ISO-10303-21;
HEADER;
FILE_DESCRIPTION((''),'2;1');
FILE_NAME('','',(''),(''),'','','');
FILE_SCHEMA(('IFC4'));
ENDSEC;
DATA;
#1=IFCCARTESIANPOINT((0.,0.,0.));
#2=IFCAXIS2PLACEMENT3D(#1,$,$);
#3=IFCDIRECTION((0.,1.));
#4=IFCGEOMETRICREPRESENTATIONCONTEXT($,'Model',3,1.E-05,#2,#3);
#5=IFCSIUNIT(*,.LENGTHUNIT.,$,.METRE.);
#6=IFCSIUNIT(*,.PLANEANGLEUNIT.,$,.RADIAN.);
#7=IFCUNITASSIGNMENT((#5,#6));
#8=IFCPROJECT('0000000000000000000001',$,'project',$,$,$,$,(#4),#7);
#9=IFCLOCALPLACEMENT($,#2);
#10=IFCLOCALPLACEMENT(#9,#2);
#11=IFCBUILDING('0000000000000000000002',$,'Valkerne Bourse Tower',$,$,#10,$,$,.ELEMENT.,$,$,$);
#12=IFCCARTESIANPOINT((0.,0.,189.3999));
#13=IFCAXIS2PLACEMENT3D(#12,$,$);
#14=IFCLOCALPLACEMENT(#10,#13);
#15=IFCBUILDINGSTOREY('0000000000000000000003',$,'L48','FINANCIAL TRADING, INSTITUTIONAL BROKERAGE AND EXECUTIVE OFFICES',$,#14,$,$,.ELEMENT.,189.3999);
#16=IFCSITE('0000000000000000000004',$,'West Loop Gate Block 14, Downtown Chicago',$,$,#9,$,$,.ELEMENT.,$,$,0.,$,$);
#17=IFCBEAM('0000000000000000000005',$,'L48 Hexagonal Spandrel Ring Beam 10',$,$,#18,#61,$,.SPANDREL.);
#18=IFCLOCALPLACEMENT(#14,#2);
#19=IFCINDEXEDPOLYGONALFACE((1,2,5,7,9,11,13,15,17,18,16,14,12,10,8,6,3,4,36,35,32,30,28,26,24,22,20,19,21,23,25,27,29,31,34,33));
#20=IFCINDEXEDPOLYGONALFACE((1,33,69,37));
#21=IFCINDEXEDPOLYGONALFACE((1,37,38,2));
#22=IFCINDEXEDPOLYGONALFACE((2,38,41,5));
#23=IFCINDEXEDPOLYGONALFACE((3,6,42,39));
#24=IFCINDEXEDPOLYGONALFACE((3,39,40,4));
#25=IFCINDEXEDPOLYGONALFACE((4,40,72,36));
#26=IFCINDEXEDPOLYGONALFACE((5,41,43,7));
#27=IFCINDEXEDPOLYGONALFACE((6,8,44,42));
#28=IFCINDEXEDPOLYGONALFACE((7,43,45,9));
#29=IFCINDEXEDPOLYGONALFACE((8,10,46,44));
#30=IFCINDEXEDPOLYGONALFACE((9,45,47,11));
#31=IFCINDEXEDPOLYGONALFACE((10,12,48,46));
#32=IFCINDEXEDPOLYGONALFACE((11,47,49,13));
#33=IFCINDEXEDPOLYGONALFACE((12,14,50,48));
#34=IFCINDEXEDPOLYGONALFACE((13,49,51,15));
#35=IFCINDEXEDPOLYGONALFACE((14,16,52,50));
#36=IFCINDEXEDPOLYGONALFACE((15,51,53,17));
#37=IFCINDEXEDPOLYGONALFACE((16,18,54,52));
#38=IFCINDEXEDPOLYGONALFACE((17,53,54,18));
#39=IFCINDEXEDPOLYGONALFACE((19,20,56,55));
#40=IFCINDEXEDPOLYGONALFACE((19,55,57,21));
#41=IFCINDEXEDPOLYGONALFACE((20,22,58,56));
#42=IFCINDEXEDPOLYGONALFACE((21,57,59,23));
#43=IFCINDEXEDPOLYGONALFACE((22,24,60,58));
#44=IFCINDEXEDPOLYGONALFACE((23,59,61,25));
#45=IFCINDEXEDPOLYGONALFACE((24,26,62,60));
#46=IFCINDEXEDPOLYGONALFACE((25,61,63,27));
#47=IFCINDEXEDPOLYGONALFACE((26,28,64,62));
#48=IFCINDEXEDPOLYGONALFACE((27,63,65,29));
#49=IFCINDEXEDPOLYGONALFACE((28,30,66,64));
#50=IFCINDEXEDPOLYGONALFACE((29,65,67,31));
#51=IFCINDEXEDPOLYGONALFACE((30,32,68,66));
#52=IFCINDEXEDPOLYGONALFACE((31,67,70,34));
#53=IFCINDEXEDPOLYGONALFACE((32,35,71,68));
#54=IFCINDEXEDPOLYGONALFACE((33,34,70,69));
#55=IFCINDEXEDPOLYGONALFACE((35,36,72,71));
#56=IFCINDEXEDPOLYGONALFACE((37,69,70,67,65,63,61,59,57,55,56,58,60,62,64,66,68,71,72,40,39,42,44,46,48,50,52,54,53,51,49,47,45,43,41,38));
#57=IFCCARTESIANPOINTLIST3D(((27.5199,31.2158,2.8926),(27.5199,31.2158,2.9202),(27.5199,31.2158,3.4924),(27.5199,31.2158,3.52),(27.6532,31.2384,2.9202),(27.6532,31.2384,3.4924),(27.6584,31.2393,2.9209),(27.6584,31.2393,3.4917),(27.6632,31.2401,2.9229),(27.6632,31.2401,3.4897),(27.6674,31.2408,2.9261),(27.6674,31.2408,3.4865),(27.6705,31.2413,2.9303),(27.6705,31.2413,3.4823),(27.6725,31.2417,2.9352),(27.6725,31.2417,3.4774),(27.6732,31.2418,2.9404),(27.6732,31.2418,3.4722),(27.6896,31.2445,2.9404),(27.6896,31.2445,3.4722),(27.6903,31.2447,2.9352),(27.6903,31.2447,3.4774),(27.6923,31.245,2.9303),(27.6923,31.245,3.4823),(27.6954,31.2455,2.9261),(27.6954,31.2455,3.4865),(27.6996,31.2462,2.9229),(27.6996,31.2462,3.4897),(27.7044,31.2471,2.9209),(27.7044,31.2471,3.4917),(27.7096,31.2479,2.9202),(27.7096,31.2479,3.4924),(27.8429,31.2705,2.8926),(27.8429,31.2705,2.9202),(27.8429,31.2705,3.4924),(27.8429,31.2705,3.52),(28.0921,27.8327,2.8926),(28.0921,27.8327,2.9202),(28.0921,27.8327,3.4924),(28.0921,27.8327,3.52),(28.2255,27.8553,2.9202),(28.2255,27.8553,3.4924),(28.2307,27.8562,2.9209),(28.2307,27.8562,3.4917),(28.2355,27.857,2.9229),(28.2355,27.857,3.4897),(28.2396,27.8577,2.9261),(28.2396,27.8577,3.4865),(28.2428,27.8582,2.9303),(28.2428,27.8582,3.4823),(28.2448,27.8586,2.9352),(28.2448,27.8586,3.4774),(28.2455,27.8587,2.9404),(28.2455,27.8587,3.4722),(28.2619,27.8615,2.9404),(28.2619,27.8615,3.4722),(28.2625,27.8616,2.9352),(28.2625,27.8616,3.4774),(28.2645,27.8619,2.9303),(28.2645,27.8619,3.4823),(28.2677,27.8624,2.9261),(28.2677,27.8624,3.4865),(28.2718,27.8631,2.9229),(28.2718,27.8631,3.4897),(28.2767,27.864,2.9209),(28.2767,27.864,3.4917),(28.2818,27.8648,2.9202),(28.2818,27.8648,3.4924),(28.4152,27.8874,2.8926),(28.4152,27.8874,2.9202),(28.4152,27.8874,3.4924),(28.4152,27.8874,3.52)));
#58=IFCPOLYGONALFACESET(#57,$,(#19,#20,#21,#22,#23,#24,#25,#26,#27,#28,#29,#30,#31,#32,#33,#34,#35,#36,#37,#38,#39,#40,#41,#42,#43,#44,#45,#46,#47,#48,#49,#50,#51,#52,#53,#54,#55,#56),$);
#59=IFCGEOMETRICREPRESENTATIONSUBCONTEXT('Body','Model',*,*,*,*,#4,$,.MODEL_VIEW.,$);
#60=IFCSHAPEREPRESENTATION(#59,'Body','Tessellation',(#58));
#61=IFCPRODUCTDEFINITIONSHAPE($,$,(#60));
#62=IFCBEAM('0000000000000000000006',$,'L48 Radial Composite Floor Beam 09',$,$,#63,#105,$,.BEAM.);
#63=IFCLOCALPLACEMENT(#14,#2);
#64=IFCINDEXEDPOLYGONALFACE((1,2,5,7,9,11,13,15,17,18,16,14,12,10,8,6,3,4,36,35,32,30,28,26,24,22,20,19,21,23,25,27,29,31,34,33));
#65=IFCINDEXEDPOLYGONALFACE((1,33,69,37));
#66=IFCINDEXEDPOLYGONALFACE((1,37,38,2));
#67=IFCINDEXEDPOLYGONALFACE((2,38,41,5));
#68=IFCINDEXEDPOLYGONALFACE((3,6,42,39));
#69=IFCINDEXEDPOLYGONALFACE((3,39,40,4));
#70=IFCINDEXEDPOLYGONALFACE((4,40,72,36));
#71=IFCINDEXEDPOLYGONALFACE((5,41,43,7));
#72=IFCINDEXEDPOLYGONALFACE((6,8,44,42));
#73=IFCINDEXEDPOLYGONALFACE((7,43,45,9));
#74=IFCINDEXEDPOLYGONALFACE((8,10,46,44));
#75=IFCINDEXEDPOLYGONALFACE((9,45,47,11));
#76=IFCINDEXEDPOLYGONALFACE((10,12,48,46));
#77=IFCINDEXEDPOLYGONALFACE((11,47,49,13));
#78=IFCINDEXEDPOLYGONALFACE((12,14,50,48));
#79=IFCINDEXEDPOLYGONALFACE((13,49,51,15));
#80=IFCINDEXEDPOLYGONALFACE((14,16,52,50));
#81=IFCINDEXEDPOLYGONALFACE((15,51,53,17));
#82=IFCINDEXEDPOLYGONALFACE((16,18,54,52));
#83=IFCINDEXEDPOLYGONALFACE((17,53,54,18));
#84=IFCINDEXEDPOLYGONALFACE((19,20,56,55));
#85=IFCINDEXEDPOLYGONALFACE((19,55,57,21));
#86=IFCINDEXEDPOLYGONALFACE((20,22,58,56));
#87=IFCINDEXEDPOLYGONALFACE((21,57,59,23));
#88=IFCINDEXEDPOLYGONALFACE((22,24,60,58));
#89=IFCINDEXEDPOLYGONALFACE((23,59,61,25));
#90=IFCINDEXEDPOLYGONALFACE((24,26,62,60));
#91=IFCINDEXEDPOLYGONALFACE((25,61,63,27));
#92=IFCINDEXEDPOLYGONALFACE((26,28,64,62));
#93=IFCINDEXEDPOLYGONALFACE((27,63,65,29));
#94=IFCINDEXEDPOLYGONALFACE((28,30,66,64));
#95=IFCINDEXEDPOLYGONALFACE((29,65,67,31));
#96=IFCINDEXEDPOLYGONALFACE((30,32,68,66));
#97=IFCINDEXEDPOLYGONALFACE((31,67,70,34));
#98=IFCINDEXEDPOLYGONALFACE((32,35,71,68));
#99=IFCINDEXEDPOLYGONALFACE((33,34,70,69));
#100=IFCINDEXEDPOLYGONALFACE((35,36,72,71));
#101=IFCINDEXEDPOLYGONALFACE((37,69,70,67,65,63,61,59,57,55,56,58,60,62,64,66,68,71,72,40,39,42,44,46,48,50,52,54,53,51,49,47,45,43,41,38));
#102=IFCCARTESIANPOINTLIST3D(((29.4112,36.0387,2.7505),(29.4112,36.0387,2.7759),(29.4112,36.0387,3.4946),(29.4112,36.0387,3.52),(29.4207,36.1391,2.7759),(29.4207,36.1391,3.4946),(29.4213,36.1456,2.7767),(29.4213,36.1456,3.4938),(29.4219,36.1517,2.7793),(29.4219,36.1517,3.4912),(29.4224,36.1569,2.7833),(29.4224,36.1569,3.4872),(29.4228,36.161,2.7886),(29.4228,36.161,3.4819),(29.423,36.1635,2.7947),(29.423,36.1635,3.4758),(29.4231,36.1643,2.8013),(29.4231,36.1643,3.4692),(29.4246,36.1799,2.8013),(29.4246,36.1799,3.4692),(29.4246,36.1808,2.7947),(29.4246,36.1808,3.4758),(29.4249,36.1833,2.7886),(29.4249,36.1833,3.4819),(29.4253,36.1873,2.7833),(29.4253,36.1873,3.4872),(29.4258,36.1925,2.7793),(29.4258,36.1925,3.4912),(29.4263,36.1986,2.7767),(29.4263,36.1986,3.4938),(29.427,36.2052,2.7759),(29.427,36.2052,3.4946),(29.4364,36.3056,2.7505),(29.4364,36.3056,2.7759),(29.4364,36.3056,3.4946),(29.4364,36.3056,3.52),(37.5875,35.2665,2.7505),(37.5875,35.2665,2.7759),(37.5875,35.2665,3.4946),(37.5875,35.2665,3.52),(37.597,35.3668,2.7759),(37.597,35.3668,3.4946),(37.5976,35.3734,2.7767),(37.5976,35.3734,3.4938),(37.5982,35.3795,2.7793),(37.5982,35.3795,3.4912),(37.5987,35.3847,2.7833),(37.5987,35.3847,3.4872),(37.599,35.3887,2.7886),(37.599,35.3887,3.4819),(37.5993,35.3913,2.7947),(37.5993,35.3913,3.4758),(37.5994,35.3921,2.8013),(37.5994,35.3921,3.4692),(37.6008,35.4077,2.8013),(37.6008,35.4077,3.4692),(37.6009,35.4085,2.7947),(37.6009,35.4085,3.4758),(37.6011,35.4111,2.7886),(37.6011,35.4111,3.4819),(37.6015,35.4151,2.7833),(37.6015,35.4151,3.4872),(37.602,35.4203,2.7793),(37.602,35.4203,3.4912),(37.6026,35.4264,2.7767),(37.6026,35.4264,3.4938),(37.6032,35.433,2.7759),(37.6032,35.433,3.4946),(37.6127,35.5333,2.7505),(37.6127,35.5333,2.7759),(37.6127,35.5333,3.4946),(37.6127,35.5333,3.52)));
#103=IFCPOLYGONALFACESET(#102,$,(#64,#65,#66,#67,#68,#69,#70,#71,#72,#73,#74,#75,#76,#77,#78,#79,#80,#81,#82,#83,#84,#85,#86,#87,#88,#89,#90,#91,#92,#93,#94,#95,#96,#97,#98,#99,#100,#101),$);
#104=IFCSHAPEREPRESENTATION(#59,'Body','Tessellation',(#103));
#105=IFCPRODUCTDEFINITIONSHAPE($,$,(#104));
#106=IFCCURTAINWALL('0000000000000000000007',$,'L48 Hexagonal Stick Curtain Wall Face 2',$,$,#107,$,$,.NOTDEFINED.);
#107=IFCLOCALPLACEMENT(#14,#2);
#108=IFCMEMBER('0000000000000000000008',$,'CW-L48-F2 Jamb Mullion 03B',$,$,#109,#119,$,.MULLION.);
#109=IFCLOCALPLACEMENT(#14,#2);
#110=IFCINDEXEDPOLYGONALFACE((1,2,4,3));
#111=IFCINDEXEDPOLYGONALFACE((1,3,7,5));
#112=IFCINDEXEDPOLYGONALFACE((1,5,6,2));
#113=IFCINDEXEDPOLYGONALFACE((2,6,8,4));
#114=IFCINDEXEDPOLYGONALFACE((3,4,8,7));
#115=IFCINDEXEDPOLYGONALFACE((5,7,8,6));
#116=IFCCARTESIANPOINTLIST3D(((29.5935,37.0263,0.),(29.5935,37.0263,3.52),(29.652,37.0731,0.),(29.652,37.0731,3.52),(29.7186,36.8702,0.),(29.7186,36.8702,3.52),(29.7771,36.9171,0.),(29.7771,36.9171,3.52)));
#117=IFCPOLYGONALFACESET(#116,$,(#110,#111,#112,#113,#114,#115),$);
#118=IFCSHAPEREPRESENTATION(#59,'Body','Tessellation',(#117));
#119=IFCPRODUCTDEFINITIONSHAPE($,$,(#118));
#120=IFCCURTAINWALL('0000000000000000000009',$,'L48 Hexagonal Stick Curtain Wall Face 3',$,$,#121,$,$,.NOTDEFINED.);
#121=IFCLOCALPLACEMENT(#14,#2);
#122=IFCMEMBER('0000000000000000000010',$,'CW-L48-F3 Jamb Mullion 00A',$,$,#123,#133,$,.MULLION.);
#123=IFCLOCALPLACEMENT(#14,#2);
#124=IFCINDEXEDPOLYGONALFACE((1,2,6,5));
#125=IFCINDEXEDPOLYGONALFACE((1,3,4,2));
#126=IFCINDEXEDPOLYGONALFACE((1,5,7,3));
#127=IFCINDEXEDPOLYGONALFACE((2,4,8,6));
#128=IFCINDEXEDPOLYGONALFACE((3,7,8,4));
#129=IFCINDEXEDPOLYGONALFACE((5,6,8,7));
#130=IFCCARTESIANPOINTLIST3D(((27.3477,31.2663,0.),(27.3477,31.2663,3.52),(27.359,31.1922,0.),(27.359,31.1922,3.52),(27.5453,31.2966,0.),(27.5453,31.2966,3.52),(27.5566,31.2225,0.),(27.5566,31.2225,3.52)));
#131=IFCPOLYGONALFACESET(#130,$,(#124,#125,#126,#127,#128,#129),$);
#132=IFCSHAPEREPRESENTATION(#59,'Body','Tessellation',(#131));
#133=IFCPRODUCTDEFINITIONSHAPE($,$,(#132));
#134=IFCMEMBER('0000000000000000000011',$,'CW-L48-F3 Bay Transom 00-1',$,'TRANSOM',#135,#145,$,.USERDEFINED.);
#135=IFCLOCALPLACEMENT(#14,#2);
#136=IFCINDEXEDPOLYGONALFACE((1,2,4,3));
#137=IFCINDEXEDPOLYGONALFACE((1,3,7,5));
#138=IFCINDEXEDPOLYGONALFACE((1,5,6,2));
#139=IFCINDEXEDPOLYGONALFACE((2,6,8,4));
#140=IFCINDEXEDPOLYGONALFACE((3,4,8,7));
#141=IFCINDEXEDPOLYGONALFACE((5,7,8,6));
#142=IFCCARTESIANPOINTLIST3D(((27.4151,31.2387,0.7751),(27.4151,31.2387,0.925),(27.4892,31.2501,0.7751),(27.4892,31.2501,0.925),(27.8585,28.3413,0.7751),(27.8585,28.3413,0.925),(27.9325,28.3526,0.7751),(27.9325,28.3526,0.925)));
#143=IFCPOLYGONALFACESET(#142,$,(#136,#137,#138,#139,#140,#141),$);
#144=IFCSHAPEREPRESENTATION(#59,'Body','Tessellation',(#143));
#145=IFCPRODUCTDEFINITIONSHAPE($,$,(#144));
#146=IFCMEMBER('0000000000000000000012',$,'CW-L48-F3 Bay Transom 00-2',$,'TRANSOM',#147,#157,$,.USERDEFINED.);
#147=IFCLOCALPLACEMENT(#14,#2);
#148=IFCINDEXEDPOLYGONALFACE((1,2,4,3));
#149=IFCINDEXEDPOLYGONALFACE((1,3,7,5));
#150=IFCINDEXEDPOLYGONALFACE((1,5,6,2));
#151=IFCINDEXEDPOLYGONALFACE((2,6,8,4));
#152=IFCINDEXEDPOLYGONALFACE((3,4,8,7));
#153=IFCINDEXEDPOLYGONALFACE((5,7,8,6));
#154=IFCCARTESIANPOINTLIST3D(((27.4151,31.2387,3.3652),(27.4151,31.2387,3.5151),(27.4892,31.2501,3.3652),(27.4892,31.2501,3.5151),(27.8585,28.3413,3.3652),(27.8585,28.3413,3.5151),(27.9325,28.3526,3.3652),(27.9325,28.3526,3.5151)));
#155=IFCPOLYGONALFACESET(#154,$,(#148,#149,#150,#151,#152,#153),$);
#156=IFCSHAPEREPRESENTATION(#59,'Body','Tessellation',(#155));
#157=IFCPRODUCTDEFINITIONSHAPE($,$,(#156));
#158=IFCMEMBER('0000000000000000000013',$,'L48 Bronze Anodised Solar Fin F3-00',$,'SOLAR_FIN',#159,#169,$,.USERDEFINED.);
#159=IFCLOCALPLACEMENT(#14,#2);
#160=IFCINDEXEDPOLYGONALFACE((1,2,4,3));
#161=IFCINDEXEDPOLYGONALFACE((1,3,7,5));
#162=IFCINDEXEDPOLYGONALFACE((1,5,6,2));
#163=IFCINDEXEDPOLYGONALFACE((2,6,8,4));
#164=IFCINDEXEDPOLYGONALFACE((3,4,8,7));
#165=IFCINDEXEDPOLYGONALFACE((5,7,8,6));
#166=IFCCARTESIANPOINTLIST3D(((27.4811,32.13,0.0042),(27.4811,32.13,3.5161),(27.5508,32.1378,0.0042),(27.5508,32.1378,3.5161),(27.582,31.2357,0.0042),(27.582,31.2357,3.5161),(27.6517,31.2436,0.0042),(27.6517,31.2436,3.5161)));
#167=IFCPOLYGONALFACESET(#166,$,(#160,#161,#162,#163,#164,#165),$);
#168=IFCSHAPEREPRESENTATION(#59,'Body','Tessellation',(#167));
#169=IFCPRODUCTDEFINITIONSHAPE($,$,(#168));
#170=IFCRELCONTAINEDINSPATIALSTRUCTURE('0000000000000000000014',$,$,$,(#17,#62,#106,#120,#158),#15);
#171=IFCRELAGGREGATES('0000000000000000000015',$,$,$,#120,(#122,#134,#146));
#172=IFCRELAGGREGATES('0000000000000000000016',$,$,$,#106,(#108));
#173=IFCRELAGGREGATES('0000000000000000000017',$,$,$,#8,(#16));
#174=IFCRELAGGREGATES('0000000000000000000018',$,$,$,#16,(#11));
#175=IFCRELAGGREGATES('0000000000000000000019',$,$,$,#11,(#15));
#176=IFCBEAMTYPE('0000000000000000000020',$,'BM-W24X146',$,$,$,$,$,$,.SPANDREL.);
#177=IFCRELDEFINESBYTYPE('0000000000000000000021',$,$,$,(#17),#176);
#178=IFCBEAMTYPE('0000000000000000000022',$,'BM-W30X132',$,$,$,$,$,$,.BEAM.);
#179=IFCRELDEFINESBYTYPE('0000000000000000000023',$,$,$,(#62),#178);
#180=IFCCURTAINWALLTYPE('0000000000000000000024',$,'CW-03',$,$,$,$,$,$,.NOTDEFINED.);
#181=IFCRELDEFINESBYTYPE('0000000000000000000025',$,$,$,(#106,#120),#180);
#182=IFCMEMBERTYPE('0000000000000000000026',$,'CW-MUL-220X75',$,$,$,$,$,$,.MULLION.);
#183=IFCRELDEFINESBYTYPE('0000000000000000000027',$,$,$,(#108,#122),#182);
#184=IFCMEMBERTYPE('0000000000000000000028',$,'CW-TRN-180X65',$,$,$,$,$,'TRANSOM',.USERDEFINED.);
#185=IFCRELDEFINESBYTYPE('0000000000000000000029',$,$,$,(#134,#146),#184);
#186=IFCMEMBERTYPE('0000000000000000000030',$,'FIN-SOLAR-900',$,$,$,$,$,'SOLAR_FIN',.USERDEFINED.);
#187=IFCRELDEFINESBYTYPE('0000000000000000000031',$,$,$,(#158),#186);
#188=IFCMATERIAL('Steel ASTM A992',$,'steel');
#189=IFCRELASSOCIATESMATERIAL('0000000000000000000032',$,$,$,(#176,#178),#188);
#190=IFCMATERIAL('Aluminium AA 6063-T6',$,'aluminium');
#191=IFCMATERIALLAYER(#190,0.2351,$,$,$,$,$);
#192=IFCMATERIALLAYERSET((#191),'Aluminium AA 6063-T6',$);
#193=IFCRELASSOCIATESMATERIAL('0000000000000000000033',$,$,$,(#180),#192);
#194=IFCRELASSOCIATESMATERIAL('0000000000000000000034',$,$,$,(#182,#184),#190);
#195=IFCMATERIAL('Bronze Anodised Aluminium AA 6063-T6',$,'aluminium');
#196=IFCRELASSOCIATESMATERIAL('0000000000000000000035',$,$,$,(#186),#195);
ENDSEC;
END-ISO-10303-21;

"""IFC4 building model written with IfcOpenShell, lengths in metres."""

from ifc_helpers import new_model, si_unit, direction, frame, origin, origin_2d, place, context, subcontext, project, spatial, rectangle, i_section, extrude, material, layer, layer_set, material_profile, profile_set, type_object, element, aggregate, save


model = new_model("IFC4")

# Units and contexts
model_context = context("Model", 3, precision=1e-05, world=origin(), true_north=direction((0.0, 1.0)))
body_context = subcontext(model_context, "Body", "Model", "MODEL_VIEW")
ifc_project = project(units=[si_unit("LENGTHUNIT", "METRE"), si_unit("PLANEANGLEUNIT", "RADIAN")], contexts=[model_context])

# Site, building, storey
site_placement = place(None, origin())
site = spatial("IfcSite", under=ifc_project, at=site_placement, Name="West Loop Gate Block 14, Downtown Chicago", CompositionType="ELEMENT", RefElevation=0.0)
building_placement = place(site_placement, origin())
building = spatial("IfcBuilding", under=site, at=building_placement, Name="Valkerne Bourse Tower", CompositionType="ELEMENT")
storey_placement = place(building_placement, frame((0.0, 0.0, 189.3999)))
storey = spatial("IfcBuildingStorey", under=building, at=storey_placement, Name="L48", Description="FINANCIAL TRADING, INSTITUTIONAL BROKERAGE AND EXECUTIVE OFFICES", CompositionType="ELEMENT", Elevation=189.3999)

# Beams
ifc_material_1 = material(Name="Steel ASTM A992", Category="steel")
ifc_material_profile_1 = material_profile(ifc_material_1, i_section(OverallWidth=0.3276, OverallDepth=0.6274, WebThickness=0.0166, FlangeThickness=0.0276, FilletRadius=0.0203, at=origin_2d()), Name="W24X146")
ifc_profile_set_1 = profile_set([ifc_material_profile_1], Name="Steel ASTM A992")
beam_type_1 = type_object("IfcBeamType", Name="BM-W24X146", PredefinedType="SPANDREL", material=ifc_profile_set_1)
beam_1_placement = place(storey_placement, frame((27.6814, 31.2432, 3.2063), z_axis=(0.166787, -0.985993, 0.0), x_axis=(0.985993, 0.166787, 0.0)))
element("IfcBeam", 1, at=beam_1_placement, inside=storey, type_object=beam_type_1, Name="L48 Hexagonal Spandrel Ring Beam 10", PredefinedType="SPANDREL", context=body_context, shape_type="SweptSolid", body=[
    extrude(i_section(OverallWidth=0.3276, OverallDepth=0.6274, WebThickness=0.0166, FlangeThickness=0.0276, FilletRadius=0.0203, at=origin_2d()), origin(), (0.0, 0.0, 1.0), 3.4312),
])
ifc_material_profile_2 = material_profile(ifc_material_1, i_section(OverallWidth=0.2681, OverallDepth=0.7695, WebThickness=0.0156, FlangeThickness=0.0254, FilletRadius=0.0254, at=origin_2d()), Name="W30X132")
ifc_profile_set_2 = profile_set([ifc_material_profile_2], Name="Steel ASTM A992")
beam_type_2 = type_object("IfcBeamType", Name="BM-W30X132", PredefinedType="BEAM", material=ifc_profile_set_2)
beam_2_placement = place(storey_placement, frame((29.4238, 36.1721, 3.1353), z_axis=(0.99557, -0.094028, 0.0), x_axis=(0.094028, 0.99557, 0.0)))
element("IfcBeam", 2, at=beam_2_placement, inside=storey, type_object=beam_type_2, Name="L48 Radial Composite Floor Beam 09", PredefinedType="BEAM", context=body_context, shape_type="SweptSolid", body=[
    extrude(i_section(OverallWidth=0.2681, OverallDepth=0.7695, WebThickness=0.0156, FlangeThickness=0.0254, FilletRadius=0.0254, at=origin_2d()), origin(), (0.0, 0.0, 1.0), 8.2126),
])

# Curtain wall, member
ifc_material_2 = material(Name="Aluminium AA 6063-T6", Category="aluminium")
ifc_layer_1 = layer(ifc_material_2, 0.2351)
ifc_layer_set_1 = layer_set([ifc_layer_1], Name="Aluminium AA 6063-T6")
curtain_wall_type = type_object("IfcCurtainWallType", Name="CW-03", PredefinedType="NOTDEFINED", material=ifc_layer_set_1)
curtain_wall_1_placement = place(storey_placement, origin())
curtain_wall_1 = element("IfcCurtainWall", 3, at=curtain_wall_1_placement, inside=storey, type_object=curtain_wall_type, Name="L48 Hexagonal Stick Curtain Wall Face 2", PredefinedType="NOTDEFINED")
ifc_material_profile_3 = material_profile(ifc_material_2, rectangle(XDim=0.075, YDim=0.2, at=origin_2d()), Name="CWM-75X200")
ifc_profile_set_3 = profile_set([ifc_material_profile_3], Name="Aluminium AA 6063-T6")
member_type_1 = type_object("IfcMemberType", Name="CW-MUL-220X75", PredefinedType="MULLION", material=ifc_profile_set_3)
member_1_placement = place(storey_placement, frame((29.6853, 36.9717, 0.0), z_axis=(0.0, 0.0, 1.0), x_axis=(-0.780429, -0.625245, 0.0)))
member_1 = element("IfcMember", 4, at=member_1_placement, type_object=member_type_1, Name="CW-L48-F2 Jamb Mullion 03B", PredefinedType="MULLION", context=body_context, shape_type="SweptSolid", body=[
    extrude(rectangle(XDim=0.075, YDim=0.2, at=origin_2d()), origin(), (0.0, 0.0, 1.0), 3.52),
])

# Curtain wall, members
curtain_wall_2_placement = place(storey_placement, origin())
curtain_wall_2 = element("IfcCurtainWall", 5, at=curtain_wall_2_placement, inside=storey, type_object=curtain_wall_type, Name="L48 Hexagonal Stick Curtain Wall Face 3", PredefinedType="NOTDEFINED")
member_2_placement = place(storey_placement, frame((27.4521, 31.2444, 0.0), z_axis=(0.0, 0.0, 1.0), x_axis=(0.15126, -0.988494, 0.0)))
member_2 = element("IfcMember", 6, at=member_2_placement, type_object=member_type_1, Name="CW-L48-F3 Jamb Mullion 00A", PredefinedType="MULLION", context=body_context, shape_type="SweptSolid", body=[
    extrude(rectangle(XDim=0.075, YDim=0.2, at=origin_2d()), origin(), (0.0, 0.0, 1.0), 3.52),
])
ifc_material_profile_4 = material_profile(ifc_material_2, rectangle(XDim=0.075, YDim=0.1499, at=origin_2d()), Name="CWT-75X150")
ifc_profile_set_4 = profile_set([ifc_material_profile_4], Name="Aluminium AA 6063-T6")
member_type_2 = type_object("IfcMemberType", Name="CW-TRN-180X65", ElementType="TRANSOM", PredefinedType="USERDEFINED", material=ifc_profile_set_4)
member_3_placement = place(storey_placement, frame((27.4521, 31.2444, 0.8501), z_axis=(0.151256, -0.988495, 0.0), x_axis=(0.988495, 0.151256, 0.0)))
member_3 = element("IfcMember", 7, at=member_3_placement, type_object=member_type_2, Name="CW-L48-F3 Bay Transom 00-1", ObjectType="TRANSOM", PredefinedType="USERDEFINED", context=body_context, shape_type="SweptSolid", body=[
    extrude(rectangle(XDim=0.075, YDim=0.1499, at=origin_2d()), origin(), (0.0, 0.0, 1.0), 2.9312),
])
member_4_placement = place(storey_placement, frame((27.4521, 31.2444, 3.4402), z_axis=(0.151256, -0.988495, 0.0), x_axis=(0.988495, 0.151256, 0.0)))
member_4 = element("IfcMember", 8, at=member_4_placement, type_object=member_type_2, Name="CW-L48-F3 Bay Transom 00-2", ObjectType="TRANSOM", PredefinedType="USERDEFINED", context=body_context, shape_type="SweptSolid", body=[
    extrude(rectangle(XDim=0.075, YDim=0.1499, at=origin_2d()), origin(), (0.0, 0.0, 1.0), 2.9312),
])
aggregate(curtain_wall_2, [member_2, member_3, member_4])

# Member
ifc_material_3 = material(Name="Bronze Anodised Aluminium AA 6063-T6", Category="aluminium")
ifc_material_profile_5 = material_profile(ifc_material_3, rectangle(XDim=0.0701, YDim=0.8999, at=origin_2d()), Name="FIN-70X900")
ifc_profile_set_5 = profile_set([ifc_material_profile_5], Name="Bronze Anodised Aluminium AA 6063-T6")
member_type_3 = type_object("IfcMemberType", Name="FIN-SOLAR-900", ElementType="SOLAR_FIN", PredefinedType="USERDEFINED", material=ifc_profile_set_5)
member_5_placement = place(storey_placement, frame((27.5664, 31.6868, 0.0042), z_axis=(0.0, 0.0, 1.0), x_axis=(-0.993695, -0.112119, 0.0)))
element("IfcMember", 9, at=member_5_placement, inside=storey, type_object=member_type_3, Name="L48 Bronze Anodised Solar Fin F3-00", ObjectType="SOLAR_FIN", PredefinedType="USERDEFINED", context=body_context, shape_type="SweptSolid", body=[
    extrude(rectangle(XDim=0.0701, YDim=0.8999, at=origin_2d()), origin(), (0.0, 0.0, 1.0), 3.512),
])

aggregate(curtain_wall_1, [member_1])

save(model, "model.ifc")
